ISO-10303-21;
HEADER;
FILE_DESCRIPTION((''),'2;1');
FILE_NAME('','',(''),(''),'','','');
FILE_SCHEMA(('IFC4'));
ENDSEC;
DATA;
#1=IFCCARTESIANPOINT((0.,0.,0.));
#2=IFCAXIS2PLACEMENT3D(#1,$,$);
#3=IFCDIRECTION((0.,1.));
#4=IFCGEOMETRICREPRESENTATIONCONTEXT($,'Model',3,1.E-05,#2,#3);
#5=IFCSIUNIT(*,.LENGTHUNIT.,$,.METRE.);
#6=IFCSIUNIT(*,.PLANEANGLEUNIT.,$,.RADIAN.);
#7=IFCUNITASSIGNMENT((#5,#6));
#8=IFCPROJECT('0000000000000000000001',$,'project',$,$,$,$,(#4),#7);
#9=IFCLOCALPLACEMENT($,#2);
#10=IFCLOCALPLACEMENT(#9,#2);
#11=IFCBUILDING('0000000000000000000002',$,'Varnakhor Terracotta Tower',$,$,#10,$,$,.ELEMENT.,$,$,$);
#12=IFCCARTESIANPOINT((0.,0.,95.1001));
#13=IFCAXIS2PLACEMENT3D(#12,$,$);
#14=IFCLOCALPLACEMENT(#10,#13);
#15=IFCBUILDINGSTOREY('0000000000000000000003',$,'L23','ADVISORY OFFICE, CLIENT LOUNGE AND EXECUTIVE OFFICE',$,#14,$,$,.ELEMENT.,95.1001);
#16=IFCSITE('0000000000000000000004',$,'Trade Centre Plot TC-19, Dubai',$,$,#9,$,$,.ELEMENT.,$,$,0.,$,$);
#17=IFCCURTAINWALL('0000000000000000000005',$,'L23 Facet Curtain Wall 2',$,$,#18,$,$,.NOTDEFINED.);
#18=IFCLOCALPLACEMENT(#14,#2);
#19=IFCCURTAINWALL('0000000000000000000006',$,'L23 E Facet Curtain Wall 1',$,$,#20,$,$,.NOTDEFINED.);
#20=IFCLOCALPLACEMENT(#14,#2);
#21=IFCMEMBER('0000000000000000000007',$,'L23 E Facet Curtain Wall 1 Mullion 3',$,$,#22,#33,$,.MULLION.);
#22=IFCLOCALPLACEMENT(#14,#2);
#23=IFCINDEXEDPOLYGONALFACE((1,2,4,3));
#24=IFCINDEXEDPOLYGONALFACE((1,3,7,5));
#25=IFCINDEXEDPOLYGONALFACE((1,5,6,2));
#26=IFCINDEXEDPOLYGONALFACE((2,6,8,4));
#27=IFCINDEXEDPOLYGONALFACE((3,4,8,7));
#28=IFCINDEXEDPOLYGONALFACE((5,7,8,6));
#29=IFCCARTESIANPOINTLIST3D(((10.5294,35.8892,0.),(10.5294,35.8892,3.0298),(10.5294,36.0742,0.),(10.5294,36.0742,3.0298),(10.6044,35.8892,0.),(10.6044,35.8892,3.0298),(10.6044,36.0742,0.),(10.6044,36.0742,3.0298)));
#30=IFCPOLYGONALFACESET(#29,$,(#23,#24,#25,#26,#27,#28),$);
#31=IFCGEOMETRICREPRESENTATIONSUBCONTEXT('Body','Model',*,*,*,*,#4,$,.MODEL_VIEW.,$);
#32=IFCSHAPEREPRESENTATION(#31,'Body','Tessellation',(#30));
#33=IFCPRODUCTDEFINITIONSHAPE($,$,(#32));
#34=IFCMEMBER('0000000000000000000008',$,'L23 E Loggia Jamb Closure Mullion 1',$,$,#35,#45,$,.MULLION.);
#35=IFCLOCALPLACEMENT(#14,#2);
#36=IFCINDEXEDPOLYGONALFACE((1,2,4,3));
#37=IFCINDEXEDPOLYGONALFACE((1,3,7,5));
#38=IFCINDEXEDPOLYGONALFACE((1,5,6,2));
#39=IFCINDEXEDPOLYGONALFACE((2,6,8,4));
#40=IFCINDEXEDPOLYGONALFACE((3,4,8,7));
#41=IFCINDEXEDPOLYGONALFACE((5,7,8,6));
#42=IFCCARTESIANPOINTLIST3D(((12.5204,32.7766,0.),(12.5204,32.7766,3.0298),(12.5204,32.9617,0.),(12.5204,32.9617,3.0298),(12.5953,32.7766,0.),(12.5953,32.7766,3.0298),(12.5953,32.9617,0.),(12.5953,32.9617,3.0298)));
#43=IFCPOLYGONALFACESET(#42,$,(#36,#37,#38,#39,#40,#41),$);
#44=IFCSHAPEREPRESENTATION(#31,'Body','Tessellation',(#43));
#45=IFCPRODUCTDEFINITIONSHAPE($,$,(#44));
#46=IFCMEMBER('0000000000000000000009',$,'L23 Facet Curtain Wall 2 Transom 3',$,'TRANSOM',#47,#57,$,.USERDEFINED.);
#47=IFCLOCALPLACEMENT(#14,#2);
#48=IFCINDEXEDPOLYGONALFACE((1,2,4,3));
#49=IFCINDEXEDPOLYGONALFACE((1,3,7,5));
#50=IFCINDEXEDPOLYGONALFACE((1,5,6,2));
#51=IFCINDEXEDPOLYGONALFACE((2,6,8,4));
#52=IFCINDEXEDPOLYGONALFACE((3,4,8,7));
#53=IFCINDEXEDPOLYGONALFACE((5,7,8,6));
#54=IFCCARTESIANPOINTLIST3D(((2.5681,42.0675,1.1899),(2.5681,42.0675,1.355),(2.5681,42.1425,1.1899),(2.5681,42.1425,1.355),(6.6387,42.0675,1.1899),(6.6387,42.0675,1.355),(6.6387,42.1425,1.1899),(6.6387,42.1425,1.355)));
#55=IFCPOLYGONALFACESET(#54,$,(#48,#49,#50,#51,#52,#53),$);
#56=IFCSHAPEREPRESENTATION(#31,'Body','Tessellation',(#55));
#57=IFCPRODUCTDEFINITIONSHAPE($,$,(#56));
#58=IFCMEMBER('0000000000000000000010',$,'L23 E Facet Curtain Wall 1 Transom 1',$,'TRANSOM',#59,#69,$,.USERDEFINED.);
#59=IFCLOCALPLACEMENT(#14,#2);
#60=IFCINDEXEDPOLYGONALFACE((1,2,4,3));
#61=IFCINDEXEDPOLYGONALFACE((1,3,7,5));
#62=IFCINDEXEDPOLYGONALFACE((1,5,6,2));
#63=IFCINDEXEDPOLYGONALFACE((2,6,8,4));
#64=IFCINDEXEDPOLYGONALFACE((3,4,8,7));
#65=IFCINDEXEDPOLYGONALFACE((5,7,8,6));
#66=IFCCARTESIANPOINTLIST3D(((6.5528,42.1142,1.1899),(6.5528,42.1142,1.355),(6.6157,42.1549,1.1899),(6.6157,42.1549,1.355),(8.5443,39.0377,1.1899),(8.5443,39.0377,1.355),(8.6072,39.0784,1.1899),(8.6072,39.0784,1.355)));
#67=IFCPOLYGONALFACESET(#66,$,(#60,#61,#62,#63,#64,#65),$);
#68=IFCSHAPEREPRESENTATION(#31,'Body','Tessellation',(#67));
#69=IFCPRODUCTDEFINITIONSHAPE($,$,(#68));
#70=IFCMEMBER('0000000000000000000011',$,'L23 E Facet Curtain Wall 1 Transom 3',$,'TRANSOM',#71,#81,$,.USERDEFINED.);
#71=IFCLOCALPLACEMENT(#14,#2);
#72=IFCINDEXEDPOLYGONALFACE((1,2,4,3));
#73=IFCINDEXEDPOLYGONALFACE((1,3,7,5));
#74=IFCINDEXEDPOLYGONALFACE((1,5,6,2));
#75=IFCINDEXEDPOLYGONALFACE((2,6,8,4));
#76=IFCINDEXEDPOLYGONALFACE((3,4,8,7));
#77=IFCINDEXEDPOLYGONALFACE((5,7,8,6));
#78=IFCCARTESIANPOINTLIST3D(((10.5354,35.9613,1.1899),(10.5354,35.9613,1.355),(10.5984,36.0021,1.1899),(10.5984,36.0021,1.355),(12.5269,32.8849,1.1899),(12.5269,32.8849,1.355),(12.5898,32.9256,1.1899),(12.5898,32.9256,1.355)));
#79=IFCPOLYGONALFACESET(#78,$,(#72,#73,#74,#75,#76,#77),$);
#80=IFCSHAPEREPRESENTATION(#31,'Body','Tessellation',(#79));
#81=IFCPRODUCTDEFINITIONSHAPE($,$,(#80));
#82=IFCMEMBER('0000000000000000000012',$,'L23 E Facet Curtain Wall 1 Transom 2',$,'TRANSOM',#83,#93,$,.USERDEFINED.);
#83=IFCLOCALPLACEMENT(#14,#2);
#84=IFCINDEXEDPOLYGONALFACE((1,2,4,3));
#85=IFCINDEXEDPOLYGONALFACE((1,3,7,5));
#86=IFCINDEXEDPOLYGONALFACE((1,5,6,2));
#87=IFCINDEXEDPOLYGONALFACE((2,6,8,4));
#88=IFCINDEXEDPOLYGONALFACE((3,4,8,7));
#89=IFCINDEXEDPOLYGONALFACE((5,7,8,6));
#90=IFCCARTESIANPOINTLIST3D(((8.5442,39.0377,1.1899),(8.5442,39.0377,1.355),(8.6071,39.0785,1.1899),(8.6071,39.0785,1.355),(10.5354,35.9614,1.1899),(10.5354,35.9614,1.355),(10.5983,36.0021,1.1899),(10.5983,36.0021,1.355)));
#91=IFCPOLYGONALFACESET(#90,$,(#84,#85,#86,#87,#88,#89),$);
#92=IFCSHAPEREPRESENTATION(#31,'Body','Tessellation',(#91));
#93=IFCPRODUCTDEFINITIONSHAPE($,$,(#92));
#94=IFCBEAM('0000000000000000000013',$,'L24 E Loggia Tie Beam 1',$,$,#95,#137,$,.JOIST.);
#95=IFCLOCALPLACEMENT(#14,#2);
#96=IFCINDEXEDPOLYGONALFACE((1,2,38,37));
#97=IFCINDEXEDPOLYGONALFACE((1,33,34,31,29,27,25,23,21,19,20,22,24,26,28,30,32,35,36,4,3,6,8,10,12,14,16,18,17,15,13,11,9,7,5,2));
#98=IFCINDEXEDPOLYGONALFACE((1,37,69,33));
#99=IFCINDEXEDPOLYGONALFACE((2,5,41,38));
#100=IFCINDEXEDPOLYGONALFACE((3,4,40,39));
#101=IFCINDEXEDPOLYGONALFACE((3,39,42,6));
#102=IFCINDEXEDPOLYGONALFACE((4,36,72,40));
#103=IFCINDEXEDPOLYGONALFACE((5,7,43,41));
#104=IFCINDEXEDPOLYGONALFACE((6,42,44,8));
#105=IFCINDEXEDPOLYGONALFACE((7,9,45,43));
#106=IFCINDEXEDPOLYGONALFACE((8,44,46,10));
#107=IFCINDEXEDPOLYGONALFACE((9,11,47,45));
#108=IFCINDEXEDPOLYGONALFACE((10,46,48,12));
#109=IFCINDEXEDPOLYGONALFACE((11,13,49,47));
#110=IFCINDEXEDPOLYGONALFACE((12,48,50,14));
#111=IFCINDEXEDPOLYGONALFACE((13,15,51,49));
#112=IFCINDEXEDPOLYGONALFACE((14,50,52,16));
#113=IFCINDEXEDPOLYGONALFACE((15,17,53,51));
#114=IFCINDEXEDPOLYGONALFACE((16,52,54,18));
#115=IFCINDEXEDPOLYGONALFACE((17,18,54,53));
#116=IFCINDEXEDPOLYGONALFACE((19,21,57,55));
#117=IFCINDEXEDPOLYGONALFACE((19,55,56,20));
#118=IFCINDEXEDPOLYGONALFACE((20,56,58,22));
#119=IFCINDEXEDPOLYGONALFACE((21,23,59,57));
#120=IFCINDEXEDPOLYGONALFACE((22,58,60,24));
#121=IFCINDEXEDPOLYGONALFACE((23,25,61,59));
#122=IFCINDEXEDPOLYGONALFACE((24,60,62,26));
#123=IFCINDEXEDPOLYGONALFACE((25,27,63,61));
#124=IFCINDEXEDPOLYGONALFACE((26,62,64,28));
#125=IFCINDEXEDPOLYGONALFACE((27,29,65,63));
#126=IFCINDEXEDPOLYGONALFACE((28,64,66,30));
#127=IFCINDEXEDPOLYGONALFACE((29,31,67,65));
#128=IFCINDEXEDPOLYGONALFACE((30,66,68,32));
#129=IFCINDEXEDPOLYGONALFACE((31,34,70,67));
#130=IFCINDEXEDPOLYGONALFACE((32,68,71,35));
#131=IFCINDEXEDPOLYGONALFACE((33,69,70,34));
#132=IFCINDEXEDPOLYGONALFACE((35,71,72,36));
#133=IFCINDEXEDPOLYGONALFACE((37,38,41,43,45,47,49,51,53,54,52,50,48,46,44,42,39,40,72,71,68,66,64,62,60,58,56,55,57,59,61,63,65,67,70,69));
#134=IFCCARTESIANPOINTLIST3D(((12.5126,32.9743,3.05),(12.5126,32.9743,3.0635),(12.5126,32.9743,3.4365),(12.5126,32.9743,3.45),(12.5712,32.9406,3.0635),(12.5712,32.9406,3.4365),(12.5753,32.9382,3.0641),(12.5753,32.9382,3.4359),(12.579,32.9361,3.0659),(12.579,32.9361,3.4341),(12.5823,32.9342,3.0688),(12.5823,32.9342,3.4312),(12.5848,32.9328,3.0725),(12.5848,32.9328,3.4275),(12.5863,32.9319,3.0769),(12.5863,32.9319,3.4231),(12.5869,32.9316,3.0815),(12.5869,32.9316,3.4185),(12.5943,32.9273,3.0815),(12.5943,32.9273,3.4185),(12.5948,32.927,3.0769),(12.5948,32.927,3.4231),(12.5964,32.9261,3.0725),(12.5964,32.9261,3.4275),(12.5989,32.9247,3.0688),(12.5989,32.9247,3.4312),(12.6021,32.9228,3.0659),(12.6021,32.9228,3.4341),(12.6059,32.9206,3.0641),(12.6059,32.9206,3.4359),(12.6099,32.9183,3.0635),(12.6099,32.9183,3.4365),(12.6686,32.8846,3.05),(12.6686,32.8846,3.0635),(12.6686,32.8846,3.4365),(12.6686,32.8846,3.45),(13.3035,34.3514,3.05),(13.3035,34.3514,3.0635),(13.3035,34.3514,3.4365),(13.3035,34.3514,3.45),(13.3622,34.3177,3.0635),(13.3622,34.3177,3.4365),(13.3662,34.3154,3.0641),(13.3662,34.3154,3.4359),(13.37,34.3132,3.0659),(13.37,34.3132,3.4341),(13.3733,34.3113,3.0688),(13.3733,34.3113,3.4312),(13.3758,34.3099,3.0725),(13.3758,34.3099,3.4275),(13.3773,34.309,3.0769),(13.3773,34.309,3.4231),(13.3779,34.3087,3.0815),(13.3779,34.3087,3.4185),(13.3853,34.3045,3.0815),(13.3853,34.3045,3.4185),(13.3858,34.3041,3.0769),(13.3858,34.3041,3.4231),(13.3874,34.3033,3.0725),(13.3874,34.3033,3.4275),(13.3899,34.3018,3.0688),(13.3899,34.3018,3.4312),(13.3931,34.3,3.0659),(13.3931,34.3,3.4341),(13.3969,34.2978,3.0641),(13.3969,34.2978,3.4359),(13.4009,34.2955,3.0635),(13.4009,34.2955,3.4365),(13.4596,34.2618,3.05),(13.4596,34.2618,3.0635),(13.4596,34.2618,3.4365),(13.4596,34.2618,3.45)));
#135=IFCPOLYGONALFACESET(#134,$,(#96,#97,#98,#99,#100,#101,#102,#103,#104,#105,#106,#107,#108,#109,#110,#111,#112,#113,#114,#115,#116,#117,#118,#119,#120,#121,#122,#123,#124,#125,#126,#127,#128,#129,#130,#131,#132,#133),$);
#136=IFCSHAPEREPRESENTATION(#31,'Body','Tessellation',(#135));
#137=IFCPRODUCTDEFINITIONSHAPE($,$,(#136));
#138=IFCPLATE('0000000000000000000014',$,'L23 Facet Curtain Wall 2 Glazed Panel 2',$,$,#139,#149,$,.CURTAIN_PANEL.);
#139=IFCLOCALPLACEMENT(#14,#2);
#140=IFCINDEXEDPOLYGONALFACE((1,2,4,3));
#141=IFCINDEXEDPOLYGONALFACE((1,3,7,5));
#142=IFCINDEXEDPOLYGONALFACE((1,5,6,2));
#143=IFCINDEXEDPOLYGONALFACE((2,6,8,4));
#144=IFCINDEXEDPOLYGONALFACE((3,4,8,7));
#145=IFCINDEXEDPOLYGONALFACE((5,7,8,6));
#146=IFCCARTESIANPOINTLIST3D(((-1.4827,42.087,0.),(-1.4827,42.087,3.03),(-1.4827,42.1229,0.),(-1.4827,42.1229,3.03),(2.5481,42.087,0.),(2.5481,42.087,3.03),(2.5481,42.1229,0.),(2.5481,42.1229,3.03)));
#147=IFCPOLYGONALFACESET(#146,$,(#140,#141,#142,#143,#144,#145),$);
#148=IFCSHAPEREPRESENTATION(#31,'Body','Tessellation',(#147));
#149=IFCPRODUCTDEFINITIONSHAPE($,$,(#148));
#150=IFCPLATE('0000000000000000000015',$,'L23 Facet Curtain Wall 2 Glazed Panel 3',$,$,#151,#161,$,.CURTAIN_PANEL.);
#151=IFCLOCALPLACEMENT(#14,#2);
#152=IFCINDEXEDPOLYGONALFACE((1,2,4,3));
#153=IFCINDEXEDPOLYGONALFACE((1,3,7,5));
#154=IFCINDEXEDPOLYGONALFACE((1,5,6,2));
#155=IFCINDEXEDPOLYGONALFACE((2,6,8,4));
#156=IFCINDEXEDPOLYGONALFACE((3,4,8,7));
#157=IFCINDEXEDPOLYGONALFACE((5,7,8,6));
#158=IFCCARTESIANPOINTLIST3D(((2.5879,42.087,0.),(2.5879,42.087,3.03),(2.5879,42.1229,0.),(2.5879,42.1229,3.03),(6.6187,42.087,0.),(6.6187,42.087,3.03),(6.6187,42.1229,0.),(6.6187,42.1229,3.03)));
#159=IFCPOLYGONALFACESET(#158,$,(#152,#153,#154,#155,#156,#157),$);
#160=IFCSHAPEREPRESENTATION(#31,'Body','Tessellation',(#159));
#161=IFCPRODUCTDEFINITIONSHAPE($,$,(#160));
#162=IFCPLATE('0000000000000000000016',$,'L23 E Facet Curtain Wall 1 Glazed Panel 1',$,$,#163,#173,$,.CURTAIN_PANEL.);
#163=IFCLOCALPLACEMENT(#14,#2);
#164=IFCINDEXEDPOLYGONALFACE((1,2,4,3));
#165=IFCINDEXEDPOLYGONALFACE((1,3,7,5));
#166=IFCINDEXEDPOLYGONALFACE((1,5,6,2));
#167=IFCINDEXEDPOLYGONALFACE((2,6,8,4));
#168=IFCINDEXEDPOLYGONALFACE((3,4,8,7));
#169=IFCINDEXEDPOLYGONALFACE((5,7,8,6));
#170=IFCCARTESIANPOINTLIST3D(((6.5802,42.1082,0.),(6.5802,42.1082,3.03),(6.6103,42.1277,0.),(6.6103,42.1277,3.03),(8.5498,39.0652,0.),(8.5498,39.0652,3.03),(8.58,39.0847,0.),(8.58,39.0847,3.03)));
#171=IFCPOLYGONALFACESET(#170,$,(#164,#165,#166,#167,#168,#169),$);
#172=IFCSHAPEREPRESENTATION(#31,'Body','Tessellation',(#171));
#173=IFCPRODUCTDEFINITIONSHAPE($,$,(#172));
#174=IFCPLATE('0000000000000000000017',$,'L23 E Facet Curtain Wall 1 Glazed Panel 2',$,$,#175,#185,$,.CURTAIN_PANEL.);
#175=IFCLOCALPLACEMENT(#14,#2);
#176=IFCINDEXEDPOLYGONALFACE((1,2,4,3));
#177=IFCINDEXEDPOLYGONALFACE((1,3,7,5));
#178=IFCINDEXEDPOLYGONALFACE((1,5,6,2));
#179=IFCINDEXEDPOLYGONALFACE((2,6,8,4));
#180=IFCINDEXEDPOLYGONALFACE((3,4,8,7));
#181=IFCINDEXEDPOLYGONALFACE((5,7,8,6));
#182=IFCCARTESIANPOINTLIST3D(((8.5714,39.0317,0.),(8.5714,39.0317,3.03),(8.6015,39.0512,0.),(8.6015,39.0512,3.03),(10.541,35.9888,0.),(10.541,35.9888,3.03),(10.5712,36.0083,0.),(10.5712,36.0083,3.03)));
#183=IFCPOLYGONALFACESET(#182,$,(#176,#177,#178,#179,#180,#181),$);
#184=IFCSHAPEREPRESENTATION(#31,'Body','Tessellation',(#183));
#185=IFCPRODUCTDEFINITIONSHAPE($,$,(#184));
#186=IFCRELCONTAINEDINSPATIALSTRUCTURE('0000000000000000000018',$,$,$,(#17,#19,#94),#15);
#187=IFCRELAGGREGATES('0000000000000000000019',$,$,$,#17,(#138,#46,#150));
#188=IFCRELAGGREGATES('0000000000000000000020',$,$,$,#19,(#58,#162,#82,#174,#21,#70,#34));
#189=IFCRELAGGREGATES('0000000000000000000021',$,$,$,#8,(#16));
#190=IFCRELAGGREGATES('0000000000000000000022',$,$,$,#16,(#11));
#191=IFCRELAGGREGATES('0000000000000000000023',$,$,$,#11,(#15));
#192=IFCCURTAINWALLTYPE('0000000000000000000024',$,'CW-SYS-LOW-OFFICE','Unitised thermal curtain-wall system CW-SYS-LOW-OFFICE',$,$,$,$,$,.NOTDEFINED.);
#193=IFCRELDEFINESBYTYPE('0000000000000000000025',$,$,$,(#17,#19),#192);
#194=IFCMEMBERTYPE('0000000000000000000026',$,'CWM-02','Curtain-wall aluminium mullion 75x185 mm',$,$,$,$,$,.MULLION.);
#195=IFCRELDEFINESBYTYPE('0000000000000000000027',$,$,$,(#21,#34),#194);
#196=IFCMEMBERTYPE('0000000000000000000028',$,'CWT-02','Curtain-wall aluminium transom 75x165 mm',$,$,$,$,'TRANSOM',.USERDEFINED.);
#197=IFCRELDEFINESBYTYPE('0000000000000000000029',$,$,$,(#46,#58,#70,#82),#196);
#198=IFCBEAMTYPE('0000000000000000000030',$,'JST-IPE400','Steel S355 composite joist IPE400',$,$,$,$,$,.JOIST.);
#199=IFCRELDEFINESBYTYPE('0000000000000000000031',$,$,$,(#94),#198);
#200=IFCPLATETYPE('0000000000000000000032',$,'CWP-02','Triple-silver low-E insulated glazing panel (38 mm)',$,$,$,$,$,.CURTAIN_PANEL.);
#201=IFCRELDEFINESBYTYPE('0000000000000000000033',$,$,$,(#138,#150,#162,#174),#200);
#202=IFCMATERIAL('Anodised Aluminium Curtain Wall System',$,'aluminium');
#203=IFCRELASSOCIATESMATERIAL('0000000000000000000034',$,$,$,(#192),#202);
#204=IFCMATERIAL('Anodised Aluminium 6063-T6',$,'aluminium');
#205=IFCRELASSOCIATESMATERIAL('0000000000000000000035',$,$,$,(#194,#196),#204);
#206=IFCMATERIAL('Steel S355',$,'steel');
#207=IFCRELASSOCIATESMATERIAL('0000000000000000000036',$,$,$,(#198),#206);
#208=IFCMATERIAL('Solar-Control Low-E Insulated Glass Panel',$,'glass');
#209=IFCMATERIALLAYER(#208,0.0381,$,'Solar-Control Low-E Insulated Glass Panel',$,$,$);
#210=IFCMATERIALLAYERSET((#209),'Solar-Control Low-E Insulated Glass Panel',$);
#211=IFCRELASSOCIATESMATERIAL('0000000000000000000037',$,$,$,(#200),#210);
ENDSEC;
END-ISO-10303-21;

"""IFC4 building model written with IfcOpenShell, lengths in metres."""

from ifc_helpers import new_model, si_unit, direction, frame, origin, origin_2d, place, context, subcontext, project, spatial, rectangle, i_section, extrude, source, transform, mapped, material, layer, layer_set, material_profile, profile_set, type_object, element, aggregate, save


model = new_model("IFC4")

# Units and contexts
model_context = context("Model", 3, precision=1e-05, world=origin(), true_north=direction((0.0, 1.0)))
body_context = subcontext(model_context, "Body", "Model", "MODEL_VIEW")
ifc_project = project(units=[si_unit("LENGTHUNIT", "METRE"), si_unit("PLANEANGLEUNIT", "RADIAN")], contexts=[model_context])

# Site, building, storey
site_placement = place(None, origin())
site = spatial("IfcSite", under=ifc_project, at=site_placement, Name="Trade Centre Plot TC-19, Dubai", CompositionType="ELEMENT", RefElevation=0.0)
building_placement = place(site_placement, origin())
building = spatial("IfcBuilding", under=site, at=building_placement, Name="Varnakhor Terracotta Tower", CompositionType="ELEMENT")
storey_placement = place(building_placement, frame((0.0, 0.0, 95.1001)))
storey = spatial("IfcBuildingStorey", under=building, at=storey_placement, Name="L23", Description="ADVISORY OFFICE, CLIENT LOUNGE AND EXECUTIVE OFFICE", CompositionType="ELEMENT", Elevation=95.1001)

# Shared definitions
ifc_material_1 = material(Name="Steel S355", Category="steel")

# Curtain wall
ifc_material_2 = material(Name="Anodised Aluminium Curtain Wall System", Category="aluminium")
curtain_wall_type = type_object("IfcCurtainWallType", Name="CW-SYS-LOW-OFFICE", Description="Unitised thermal curtain-wall system CW-SYS-LOW-OFFICE", PredefinedType="NOTDEFINED", material=ifc_material_2)
curtain_wall_1_placement = place(storey_placement, origin())
curtain_wall_1 = element("IfcCurtainWall", 1, at=curtain_wall_1_placement, inside=storey, type_object=curtain_wall_type, Name="L23 Facet Curtain Wall 2", PredefinedType="NOTDEFINED")
ifc_material_3 = material(Name="Anodised Aluminium 6063-T6", Category="aluminium")
ifc_material_profile_1 = material_profile(ifc_material_3, rectangle(XDim=0.075, YDim=0.1851, at=origin_2d()), Name="ALU MULLION 75x185")
ifc_profile_set_1 = profile_set([ifc_material_profile_1], Name="Anodised Aluminium 6063-T6")
member_type_1 = type_object("IfcMemberType", Name="CWM-02", Description="Curtain-wall aluminium mullion 75x185 mm", PredefinedType="MULLION", material=ifc_profile_set_1)
shared_shape_1 = source(origin(), body_context, "Body", "SweptSolid", [
    extrude(rectangle(XDim=0.075, YDim=0.1851, at=origin_2d()), origin(), (0.0, 0.0, 1.0), 3.0298),
])

# Curtain wall, members
curtain_wall_2_placement = place(storey_placement, origin())
curtain_wall_2 = element("IfcCurtainWall", 2, at=curtain_wall_2_placement, inside=storey, type_object=curtain_wall_type, Name="L23 E Facet Curtain Wall 1", PredefinedType="NOTDEFINED")
member_1_placement = place(storey_placement, frame((10.5669, 35.9817, 0.0), z_axis=(0.0, 0.0, 1.0), x_axis=(1.0, 0.0, 0.0)))
member_1 = element("IfcMember", 3, at=member_1_placement, type_object=member_type_1, Name="L23 E Facet Curtain Wall 1 Mullion 3", PredefinedType="MULLION", context=body_context, shape_type="MappedRepresentation", body=[
    mapped(shared_shape_1, transform((0.0, 0.0, 0.0), scale=1.0)),
])
member_2_placement = place(storey_placement, frame((12.5579, 32.8691, 0.0), z_axis=(0.0, 0.0, 1.0), x_axis=(1.0, 0.0, 0.0)))
member_2 = element("IfcMember", 4, at=member_2_placement, type_object=member_type_1, Name="L23 E Loggia Jamb Closure Mullion 1", PredefinedType="MULLION", context=body_context, shape_type="MappedRepresentation", body=[
    mapped(shared_shape_1, transform((0.0, 0.0, 0.0), scale=1.0)),
])

# Members
ifc_material_profile_2 = material_profile(ifc_material_3, rectangle(XDim=0.075, YDim=0.165, at=origin_2d()), Name="ALU TRANSOM 75x165")
ifc_profile_set_2 = profile_set([ifc_material_profile_2], Name="Anodised Aluminium 6063-T6")
member_type_2 = type_object("IfcMemberType", Name="CWT-02", Description="Curtain-wall aluminium transom 75x165 mm", ElementType="TRANSOM", PredefinedType="USERDEFINED", material=ifc_profile_set_2)
shared_shape_2 = source(origin(), body_context, "Body", "SweptSolid", [
    extrude(rectangle(XDim=0.075, YDim=0.165, at=origin_2d()), origin(), (0.0, 0.0, 1.0), 4.0706),
])
member_3_placement = place(storey_placement, frame((2.5681, 42.105, 1.2725), z_axis=(1.0, 0.0, 0.0), x_axis=(0.0, 1.0, 0.0)))
member_3 = element("IfcMember", 5, at=member_3_placement, type_object=member_type_2, Name="L23 Facet Curtain Wall 2 Transom 3", ObjectType="TRANSOM", PredefinedType="USERDEFINED", context=body_context, shape_type="MappedRepresentation", body=[
    mapped(shared_shape_2, transform((0.0, 0.0, 0.0), scale=1.0)),
])
shared_shape_3 = source(origin(), body_context, "Body", "SweptSolid", [
    extrude(rectangle(XDim=0.075, YDim=0.165, at=origin_2d()), origin(), (0.0, 0.0, 1.0), 3.6648),
])
member_4_placement = place(storey_placement, frame((6.5842, 42.1345, 1.2725), z_axis=(0.543411, -0.839466, 0.0), x_axis=(0.839466, 0.543411, 0.0)))
member_4 = element("IfcMember", 6, at=member_4_placement, type_object=member_type_2, Name="L23 E Facet Curtain Wall 1 Transom 1", ObjectType="TRANSOM", PredefinedType="USERDEFINED", context=body_context, shape_type="MappedRepresentation", body=[
    mapped(shared_shape_3, transform((0.0, 0.0, 0.0), scale=1.0)),
])
member_5_placement = place(storey_placement, frame((10.5669, 35.9817, 1.2725), z_axis=(0.543411, -0.839466, 0.0), x_axis=(0.839466, 0.543411, 0.0)))
member_5 = element("IfcMember", 7, at=member_5_placement, type_object=member_type_2, Name="L23 E Facet Curtain Wall 1 Transom 3", ObjectType="TRANSOM", PredefinedType="USERDEFINED", context=body_context, shape_type="MappedRepresentation", body=[
    mapped(shared_shape_3, transform((0.0, 0.0, 0.0), scale=1.0)),
])
shared_shape_4 = source(origin(), body_context, "Body", "SweptSolid", [
    extrude(rectangle(XDim=0.075, YDim=0.165, at=origin_2d()), origin(), (0.0, 0.0, 1.0), 3.6646),
])
member_6_placement = place(storey_placement, frame((8.5757, 39.0581, 1.2725), z_axis=(0.543365, -0.839497, 0.0), x_axis=(0.839497, 0.543365, 0.0)))
member_6 = element("IfcMember", 8, at=member_6_placement, type_object=member_type_2, Name="L23 E Facet Curtain Wall 1 Transom 2", ObjectType="TRANSOM", PredefinedType="USERDEFINED", context=body_context, shape_type="MappedRepresentation", body=[
    mapped(shared_shape_4, transform((0.0, 0.0, 0.0), scale=1.0)),
])

# Beam
ifc_material_profile_3 = material_profile(ifc_material_1, i_section(OverallWidth=0.1799, OverallDepth=0.3999, WebThickness=0.0085, FlangeThickness=0.0134, FilletRadius=0.0181, at=origin_2d()), Name="IPE400")
ifc_profile_set_3 = profile_set([ifc_material_profile_3], Name="Steel S355")
beam_type_1 = type_object("IfcBeamType", Name="JST-IPE400", Description="Steel S355 composite joist IPE400", PredefinedType="JOIST", material=ifc_profile_set_3)
shared_shape_5 = source(origin(), body_context, "Body", "SweptSolid", [
    extrude(i_section(OverallWidth=0.1799, OverallDepth=0.3999, WebThickness=0.0085, FlangeThickness=0.0134, FilletRadius=0.0181, at=origin_2d()), origin(), (0.0, 0.0, 1.0), 1.5881),
])
beam_1_placement = place(storey_placement, frame((12.5906, 32.9294, 3.25), z_axis=(0.498058, 0.867144, 0.0), x_axis=(-0.867144, 0.498058, 0.0)))
element("IfcBeam", 9, at=beam_1_placement, inside=storey, type_object=beam_type_1, Name="L24 E Loggia Tie Beam 1", PredefinedType="JOIST", context=body_context, shape_type="MappedRepresentation", body=[
    mapped(shared_shape_5, transform((0.0, 0.0, 0.0), scale=1.0)),
])

# Plates
ifc_material_4 = material(Name="Solar-Control Low-E Insulated Glass Panel", Category="glass")
ifc_layer_1 = layer(ifc_material_4, 0.0381, Name="Solar-Control Low-E Insulated Glass Panel")
ifc_layer_set_1 = layer_set([ifc_layer_1], Name="Solar-Control Low-E Insulated Glass Panel")
plate_type = type_object("IfcPlateType", Name="CWP-02", Description="Triple-silver low-E insulated glazing panel (38 mm)", PredefinedType="CURTAIN_PANEL", material=ifc_layer_set_1)
shared_shape_6 = source(origin(), body_context, "Body", "SweptSolid", [
    extrude(rectangle(XDim=4.0308, YDim=0.0359, at=origin_2d()), origin(), (0.0, 0.0, 1.0), 3.03),
])
plate_1_placement = place(storey_placement, frame((0.5327, 42.105, 0.0), z_axis=(0.0, 0.0, 1.0), x_axis=(1.0, 0.0, 0.0)))
plate_1 = element("IfcPlate", 10, at=plate_1_placement, type_object=plate_type, Name="L23 Facet Curtain Wall 2 Glazed Panel 2", PredefinedType="CURTAIN_PANEL", context=body_context, shape_type="MappedRepresentation", body=[
    mapped(shared_shape_6, transform((0.0, 0.0, 0.0), scale=1.0)),
])
plate_2_placement = place(storey_placement, frame((4.6033, 42.105, 0.0), z_axis=(0.0, 0.0, 1.0), x_axis=(1.0, 0.0, 0.0)))
plate_2 = element("IfcPlate", 11, at=plate_2_placement, type_object=plate_type, Name="L23 Facet Curtain Wall 2 Glazed Panel 3", PredefinedType="CURTAIN_PANEL", context=body_context, shape_type="MappedRepresentation", body=[
    mapped(shared_shape_6, transform((0.0, 0.0, 0.0), scale=1.0)),
])
aggregate(curtain_wall_1, [plate_1, member_3, plate_2])
shared_shape_7 = source(origin(), body_context, "Body", "SweptSolid", [
    extrude(rectangle(XDim=3.6248, YDim=0.0359, at=origin_2d()), origin(), (0.0, 0.0, 1.0), 3.03),
])
plate_3_placement = place(storey_placement, frame((7.5801, 40.5964, 0.0), z_axis=(0.0, 0.0, 1.0), x_axis=(0.54338, -0.839487, 0.0)))
plate_3 = element("IfcPlate", 12, at=plate_3_placement, type_object=plate_type, Name="L23 E Facet Curtain Wall 1 Glazed Panel 1", PredefinedType="CURTAIN_PANEL", context=body_context, shape_type="MappedRepresentation", body=[
    mapped(shared_shape_7, transform((0.0, 0.0, 0.0), scale=1.0)),
])
plate_4_placement = place(storey_placement, frame((9.5713, 37.52, 0.0), z_axis=(0.0, 0.0, 1.0), x_axis=(0.54338, -0.839487, 0.0)))
plate_4 = element("IfcPlate", 13, at=plate_4_placement, type_object=plate_type, Name="L23 E Facet Curtain Wall 1 Glazed Panel 2", PredefinedType="CURTAIN_PANEL", context=body_context, shape_type="MappedRepresentation", body=[
    mapped(shared_shape_7, transform((0.0, 0.0, 0.0), scale=1.0)),
])
aggregate(curtain_wall_2, [member_4, plate_3, member_6, plate_4, member_1, member_5, member_2])

save(model, "model.ifc")
